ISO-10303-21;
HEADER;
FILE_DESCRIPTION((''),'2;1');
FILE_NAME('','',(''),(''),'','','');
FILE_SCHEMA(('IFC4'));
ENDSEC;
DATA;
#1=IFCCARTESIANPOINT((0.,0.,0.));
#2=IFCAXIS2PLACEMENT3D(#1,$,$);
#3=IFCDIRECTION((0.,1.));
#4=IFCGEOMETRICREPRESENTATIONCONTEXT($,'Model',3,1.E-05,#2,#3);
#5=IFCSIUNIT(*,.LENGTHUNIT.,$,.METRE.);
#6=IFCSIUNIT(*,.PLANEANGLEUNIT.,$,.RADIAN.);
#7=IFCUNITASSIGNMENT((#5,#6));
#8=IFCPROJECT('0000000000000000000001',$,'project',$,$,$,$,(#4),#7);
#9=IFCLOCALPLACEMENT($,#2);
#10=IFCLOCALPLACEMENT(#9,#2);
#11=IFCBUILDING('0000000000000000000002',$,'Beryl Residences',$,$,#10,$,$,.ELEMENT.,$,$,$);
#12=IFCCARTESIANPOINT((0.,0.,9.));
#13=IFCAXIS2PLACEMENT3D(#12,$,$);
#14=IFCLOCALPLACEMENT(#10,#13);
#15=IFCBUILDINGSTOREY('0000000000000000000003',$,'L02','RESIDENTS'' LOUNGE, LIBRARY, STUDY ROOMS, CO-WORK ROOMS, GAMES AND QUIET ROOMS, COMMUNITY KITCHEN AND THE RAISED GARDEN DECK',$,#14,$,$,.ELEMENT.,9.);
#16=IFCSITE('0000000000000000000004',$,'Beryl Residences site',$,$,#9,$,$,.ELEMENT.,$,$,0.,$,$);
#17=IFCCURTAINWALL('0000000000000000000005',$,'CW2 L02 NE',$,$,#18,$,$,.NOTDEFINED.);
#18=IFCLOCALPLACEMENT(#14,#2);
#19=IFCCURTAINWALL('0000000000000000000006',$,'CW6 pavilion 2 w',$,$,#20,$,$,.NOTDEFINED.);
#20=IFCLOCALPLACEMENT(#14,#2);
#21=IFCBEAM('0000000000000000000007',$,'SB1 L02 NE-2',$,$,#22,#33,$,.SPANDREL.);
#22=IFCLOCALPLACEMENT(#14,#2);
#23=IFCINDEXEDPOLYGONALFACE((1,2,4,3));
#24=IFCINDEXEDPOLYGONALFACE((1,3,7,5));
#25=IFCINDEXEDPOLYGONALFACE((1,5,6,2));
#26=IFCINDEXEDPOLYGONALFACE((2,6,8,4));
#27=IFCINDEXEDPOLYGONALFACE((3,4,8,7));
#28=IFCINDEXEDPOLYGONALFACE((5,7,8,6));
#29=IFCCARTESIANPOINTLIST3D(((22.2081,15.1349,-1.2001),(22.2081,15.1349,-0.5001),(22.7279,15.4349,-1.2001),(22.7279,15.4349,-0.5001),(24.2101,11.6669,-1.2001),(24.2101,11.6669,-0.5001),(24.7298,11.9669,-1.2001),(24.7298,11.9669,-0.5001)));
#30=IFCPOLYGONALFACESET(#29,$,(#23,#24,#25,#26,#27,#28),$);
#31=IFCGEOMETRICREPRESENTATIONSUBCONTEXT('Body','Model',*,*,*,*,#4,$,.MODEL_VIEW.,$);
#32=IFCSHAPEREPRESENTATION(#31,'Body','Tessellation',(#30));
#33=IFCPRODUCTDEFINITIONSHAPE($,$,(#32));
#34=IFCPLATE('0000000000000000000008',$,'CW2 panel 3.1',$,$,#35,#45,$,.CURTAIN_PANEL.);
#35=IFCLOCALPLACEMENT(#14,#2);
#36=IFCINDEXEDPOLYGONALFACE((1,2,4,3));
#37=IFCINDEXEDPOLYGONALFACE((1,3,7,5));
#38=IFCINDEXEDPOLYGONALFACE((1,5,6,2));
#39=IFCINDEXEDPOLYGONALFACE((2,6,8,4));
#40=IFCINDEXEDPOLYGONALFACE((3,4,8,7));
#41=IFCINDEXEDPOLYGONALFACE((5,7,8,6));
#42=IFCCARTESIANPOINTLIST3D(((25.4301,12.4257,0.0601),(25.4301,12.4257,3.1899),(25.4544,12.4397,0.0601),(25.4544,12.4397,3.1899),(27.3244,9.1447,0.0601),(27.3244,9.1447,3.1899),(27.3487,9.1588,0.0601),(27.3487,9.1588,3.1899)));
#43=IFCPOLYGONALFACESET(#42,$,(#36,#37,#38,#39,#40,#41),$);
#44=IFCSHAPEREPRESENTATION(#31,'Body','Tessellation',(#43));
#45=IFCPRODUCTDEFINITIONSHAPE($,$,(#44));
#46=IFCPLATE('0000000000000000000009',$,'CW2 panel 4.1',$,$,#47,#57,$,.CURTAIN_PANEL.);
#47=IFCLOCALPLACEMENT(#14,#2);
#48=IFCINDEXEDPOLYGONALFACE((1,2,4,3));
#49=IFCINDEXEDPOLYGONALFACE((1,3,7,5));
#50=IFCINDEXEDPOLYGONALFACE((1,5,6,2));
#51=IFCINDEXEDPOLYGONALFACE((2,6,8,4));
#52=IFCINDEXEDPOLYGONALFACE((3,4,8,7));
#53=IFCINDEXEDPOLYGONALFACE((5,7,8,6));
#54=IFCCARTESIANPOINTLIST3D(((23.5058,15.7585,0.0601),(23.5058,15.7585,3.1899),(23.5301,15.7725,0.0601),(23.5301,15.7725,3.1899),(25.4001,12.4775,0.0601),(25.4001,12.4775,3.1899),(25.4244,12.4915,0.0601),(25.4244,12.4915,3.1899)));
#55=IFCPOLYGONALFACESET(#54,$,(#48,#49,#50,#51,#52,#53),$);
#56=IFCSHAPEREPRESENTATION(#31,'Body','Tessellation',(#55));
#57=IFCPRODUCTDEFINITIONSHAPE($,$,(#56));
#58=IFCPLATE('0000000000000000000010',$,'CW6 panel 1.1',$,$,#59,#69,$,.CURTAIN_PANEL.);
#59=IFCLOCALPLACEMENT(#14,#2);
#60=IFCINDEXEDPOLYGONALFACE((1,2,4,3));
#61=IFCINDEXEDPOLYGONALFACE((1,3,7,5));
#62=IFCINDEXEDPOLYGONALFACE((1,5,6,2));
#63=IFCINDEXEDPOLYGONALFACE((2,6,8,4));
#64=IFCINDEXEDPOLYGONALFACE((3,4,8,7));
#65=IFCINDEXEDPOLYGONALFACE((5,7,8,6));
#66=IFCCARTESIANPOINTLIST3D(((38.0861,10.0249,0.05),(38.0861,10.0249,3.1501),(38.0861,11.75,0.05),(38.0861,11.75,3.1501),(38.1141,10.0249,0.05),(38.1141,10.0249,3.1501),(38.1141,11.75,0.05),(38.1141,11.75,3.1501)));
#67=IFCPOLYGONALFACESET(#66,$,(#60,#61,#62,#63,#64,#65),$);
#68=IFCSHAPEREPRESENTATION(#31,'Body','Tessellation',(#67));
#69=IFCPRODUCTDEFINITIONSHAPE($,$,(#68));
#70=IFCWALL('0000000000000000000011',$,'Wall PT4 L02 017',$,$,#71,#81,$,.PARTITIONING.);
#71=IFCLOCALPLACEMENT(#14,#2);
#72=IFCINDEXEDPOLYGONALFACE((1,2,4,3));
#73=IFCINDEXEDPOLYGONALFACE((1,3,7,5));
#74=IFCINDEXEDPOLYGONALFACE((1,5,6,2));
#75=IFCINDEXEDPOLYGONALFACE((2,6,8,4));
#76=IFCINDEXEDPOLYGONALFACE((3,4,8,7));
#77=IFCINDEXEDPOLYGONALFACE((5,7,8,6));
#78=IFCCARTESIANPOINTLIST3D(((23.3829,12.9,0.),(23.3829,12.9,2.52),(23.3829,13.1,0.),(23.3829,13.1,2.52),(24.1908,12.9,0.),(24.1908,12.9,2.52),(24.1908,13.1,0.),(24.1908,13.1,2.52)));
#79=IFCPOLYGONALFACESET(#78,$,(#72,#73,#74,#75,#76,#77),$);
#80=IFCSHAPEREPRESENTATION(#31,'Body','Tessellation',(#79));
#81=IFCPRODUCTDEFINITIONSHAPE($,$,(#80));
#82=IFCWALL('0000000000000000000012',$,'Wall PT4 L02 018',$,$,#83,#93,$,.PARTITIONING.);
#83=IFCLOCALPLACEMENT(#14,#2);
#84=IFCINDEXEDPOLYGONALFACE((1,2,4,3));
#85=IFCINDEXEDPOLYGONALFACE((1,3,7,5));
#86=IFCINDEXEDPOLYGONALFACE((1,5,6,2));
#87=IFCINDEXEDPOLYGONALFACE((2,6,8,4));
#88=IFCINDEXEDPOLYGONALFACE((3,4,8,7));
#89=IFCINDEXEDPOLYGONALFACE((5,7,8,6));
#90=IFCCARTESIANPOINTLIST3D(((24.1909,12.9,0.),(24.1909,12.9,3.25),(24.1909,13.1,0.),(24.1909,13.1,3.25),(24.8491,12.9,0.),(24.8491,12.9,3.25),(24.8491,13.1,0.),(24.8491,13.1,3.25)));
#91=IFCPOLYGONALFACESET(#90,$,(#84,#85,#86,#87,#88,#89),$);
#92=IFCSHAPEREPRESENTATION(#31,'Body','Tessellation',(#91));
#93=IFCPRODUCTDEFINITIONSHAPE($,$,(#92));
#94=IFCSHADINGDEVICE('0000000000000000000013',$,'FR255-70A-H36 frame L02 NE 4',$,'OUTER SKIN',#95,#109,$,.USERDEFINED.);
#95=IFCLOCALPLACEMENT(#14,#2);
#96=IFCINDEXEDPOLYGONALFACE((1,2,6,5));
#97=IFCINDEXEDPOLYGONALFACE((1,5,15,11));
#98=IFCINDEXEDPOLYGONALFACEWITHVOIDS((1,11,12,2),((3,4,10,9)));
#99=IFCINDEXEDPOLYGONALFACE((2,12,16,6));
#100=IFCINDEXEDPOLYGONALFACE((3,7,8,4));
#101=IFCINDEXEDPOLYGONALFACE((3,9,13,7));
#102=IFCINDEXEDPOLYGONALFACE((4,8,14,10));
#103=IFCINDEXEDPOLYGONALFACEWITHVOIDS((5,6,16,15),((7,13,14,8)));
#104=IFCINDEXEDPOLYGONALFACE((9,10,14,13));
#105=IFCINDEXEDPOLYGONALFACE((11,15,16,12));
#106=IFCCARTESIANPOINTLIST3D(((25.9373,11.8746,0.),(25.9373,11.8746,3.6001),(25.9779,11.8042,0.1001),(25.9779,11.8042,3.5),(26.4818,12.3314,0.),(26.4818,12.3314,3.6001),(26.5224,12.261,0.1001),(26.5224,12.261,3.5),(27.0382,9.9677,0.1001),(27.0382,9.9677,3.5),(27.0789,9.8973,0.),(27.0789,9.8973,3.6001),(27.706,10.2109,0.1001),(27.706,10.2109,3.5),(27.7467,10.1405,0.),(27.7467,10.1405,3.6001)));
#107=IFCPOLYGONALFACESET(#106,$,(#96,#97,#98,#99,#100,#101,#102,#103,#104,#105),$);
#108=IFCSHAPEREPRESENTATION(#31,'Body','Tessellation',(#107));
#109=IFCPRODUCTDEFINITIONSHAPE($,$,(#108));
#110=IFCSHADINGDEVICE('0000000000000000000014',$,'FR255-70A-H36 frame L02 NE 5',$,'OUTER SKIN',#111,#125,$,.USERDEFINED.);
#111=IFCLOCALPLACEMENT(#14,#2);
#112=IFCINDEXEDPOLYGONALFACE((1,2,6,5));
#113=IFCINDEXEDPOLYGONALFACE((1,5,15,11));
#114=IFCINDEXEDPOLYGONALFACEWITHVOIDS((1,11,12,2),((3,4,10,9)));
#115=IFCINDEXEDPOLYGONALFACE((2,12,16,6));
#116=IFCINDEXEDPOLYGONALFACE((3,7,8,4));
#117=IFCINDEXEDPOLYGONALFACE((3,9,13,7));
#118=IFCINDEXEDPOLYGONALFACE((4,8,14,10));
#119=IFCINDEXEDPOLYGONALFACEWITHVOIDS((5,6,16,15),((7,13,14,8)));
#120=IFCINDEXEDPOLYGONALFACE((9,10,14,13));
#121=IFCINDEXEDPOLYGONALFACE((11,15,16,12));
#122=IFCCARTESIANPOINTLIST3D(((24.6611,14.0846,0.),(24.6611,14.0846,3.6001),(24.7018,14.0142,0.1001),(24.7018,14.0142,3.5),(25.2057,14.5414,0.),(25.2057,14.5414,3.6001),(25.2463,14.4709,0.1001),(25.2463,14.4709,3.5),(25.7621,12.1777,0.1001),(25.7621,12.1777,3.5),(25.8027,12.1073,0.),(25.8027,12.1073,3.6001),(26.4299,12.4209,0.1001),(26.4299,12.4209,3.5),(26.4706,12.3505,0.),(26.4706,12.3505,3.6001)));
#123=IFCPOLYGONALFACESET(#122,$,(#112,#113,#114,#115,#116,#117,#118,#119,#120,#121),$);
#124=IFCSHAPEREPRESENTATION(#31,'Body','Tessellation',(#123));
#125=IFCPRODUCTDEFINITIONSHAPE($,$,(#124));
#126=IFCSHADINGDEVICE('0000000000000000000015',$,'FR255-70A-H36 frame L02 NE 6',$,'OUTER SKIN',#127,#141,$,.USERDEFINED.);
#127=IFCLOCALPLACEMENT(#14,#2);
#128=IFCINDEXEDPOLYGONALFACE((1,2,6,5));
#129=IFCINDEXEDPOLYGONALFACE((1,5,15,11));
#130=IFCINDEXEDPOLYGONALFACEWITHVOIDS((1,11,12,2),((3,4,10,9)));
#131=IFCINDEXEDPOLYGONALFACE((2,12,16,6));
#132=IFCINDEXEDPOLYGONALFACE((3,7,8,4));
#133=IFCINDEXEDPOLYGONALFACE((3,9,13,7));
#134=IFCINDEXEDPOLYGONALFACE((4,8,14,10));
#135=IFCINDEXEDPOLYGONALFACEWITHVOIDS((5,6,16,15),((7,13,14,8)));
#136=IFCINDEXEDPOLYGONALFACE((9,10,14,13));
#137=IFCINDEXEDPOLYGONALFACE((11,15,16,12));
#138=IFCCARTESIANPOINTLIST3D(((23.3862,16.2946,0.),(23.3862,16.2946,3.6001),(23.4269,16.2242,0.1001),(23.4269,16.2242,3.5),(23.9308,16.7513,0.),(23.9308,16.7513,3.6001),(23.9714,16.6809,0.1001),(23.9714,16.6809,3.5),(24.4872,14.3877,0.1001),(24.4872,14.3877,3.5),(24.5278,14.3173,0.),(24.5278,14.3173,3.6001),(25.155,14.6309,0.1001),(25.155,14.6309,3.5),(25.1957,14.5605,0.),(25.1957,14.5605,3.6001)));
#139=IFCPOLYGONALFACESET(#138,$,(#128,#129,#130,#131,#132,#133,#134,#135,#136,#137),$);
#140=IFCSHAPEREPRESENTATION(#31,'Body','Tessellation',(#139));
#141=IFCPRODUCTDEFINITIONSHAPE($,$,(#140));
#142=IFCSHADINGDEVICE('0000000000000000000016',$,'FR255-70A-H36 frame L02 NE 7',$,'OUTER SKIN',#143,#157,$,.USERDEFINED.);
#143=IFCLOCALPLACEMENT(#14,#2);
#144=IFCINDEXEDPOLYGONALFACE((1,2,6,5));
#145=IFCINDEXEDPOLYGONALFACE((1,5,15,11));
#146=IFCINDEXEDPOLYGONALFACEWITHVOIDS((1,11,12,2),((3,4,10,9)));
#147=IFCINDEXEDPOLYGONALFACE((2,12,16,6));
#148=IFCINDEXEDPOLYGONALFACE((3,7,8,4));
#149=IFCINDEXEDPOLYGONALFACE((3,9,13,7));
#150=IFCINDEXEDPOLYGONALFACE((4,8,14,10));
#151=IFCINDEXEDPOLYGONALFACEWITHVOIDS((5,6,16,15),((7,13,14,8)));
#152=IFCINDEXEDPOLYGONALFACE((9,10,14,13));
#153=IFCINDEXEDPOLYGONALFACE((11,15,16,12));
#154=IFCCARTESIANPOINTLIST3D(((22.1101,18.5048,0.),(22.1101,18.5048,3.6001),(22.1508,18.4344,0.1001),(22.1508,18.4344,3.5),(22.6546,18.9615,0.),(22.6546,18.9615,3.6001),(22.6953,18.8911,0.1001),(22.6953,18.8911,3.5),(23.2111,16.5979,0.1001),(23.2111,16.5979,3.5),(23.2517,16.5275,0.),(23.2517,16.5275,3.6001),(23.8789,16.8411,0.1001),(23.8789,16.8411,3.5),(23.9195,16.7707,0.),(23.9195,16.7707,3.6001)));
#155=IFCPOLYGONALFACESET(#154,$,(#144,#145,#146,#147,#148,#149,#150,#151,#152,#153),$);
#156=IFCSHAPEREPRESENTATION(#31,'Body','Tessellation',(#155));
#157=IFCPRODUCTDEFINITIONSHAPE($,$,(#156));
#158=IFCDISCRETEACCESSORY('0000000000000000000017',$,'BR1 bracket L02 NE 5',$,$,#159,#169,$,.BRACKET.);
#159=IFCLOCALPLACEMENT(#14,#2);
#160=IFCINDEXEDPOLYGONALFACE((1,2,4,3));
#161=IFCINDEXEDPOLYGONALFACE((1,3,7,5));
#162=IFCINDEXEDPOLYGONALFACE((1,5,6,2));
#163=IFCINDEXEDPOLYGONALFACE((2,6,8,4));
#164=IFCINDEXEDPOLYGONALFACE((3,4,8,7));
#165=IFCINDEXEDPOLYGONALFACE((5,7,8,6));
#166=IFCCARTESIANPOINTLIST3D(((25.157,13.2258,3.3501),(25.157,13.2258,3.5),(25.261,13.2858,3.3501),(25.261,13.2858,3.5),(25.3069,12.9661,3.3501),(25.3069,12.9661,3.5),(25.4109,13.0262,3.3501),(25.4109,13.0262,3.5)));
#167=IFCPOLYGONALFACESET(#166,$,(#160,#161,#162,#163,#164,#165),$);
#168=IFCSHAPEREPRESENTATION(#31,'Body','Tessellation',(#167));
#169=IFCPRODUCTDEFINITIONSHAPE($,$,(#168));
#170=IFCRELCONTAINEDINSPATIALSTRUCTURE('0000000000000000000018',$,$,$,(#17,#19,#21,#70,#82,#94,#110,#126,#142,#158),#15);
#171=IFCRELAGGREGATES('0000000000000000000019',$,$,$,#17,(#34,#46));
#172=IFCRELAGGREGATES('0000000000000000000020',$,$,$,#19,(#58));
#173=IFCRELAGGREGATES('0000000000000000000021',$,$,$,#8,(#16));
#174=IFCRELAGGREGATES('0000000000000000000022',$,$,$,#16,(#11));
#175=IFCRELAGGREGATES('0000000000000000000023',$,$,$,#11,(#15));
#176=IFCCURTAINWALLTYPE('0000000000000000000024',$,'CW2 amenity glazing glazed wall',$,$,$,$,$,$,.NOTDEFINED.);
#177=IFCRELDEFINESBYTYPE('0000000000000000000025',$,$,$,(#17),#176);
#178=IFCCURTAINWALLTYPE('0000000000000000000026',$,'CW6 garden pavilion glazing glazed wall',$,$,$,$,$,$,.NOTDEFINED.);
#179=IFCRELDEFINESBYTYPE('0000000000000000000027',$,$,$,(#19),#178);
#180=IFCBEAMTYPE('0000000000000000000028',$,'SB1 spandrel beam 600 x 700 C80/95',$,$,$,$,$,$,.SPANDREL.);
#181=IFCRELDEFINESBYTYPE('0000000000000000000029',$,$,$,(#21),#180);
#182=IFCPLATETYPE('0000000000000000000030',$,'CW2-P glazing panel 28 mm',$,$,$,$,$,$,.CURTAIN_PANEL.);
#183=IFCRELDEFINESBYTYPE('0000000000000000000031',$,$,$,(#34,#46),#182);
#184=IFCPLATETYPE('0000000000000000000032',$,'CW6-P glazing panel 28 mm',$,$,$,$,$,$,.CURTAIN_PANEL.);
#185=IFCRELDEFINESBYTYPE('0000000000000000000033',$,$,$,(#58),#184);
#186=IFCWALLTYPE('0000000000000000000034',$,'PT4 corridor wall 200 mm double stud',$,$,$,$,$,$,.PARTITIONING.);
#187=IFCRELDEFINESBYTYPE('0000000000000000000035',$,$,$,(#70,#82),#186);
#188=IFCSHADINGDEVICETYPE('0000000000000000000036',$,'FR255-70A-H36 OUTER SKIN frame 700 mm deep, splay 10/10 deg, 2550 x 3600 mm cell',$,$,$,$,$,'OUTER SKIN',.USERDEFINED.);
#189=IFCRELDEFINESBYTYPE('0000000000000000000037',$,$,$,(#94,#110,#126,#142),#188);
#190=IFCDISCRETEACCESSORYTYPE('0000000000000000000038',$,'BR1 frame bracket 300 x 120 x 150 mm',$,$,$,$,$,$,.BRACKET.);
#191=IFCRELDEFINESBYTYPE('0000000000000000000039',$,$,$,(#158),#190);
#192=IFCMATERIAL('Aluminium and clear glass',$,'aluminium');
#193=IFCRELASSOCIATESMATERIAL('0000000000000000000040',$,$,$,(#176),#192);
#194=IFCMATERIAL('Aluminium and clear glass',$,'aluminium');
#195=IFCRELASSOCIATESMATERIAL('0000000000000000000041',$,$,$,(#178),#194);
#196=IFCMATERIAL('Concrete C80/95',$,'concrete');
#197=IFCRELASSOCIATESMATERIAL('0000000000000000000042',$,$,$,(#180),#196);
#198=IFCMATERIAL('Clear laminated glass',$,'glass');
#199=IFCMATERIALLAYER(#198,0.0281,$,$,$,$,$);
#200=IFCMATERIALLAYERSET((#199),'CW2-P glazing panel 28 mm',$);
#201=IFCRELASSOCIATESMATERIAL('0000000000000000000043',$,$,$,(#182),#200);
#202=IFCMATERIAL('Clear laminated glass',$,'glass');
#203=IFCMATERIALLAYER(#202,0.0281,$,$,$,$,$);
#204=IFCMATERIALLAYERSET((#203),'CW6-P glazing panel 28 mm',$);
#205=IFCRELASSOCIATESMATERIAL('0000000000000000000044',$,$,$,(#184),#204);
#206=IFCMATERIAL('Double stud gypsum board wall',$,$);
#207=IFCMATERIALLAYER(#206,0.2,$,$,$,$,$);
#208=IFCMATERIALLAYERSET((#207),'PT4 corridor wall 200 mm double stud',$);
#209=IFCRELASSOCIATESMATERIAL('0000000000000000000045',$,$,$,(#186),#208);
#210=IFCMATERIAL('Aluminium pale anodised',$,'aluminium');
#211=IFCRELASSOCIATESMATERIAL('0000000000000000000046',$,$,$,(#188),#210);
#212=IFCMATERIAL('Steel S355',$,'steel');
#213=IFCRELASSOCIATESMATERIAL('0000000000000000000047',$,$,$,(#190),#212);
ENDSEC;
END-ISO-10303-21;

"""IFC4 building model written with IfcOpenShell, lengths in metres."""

from ifc_helpers import new_model, entity, si_unit, direction, frame, frame_2d, origin, origin_2d, place, context, subcontext, project, spatial, polyline, rectangle, outline, extrude, source, transform, mapped, material, layer, layer_set, material_profile, profile_set, type_object, type_shapes, element, aggregate, save


model = new_model("IFC4")

# Units and contexts
model_context = context("Model", 3, precision=1e-05, world=origin(), true_north=direction((0.0, 1.0)))
body_context = subcontext(model_context, "Body", "Model", "MODEL_VIEW")
ifc_project = project(units=[si_unit("LENGTHUNIT", "METRE"), si_unit("PLANEANGLEUNIT", "RADIAN")], contexts=[model_context])

# Site, building, storey
site_placement = place(None, origin())
site = spatial("IfcSite", under=ifc_project, at=site_placement, Name="Beryl Residences site", CompositionType="ELEMENT", RefElevation=0.0)
building_placement = place(site_placement, origin())
building = spatial("IfcBuilding", under=site, at=building_placement, Name="Beryl Residences", CompositionType="ELEMENT")
storey_placement = place(building_placement, frame((0.0, 0.0, 9.0)))
storey = spatial("IfcBuildingStorey", under=building, at=storey_placement, Name="L02", Description="RESIDENTS' LOUNGE, LIBRARY, STUDY ROOMS, CO-WORK ROOMS, GAMES AND QUIET ROOMS, COMMUNITY KITCHEN AND THE RAISED GARDEN DECK", CompositionType="ELEMENT", Elevation=9.0)

# Curtain walls
ifc_material_1 = material(Name="Aluminium and clear glass", Category="aluminium")
curtain_wall_type_1 = type_object("IfcCurtainWallType", Name="CW2 amenity glazing glazed wall", PredefinedType="NOTDEFINED", material=ifc_material_1)
curtain_wall_1_placement = place(storey_placement, origin())
curtain_wall_1 = element("IfcCurtainWall", 1, at=curtain_wall_1_placement, inside=storey, type_object=curtain_wall_type_1, Name="CW2 L02 NE", PredefinedType="NOTDEFINED")
ifc_material_2 = material(Name="Aluminium and clear glass", Category="aluminium")
curtain_wall_type_2 = type_object("IfcCurtainWallType", Name="CW6 garden pavilion glazing glazed wall", PredefinedType="NOTDEFINED", material=ifc_material_2)
curtain_wall_2_placement = place(storey_placement, origin())
curtain_wall_2 = element("IfcCurtainWall", 2, at=curtain_wall_2_placement, inside=storey, type_object=curtain_wall_type_2, Name="CW6 pavilion 2 w", PredefinedType="NOTDEFINED")

# Beam
ifc_material_3 = material(Name="Concrete C80/95", Category="concrete")
ifc_material_profile_1 = material_profile(ifc_material_3, rectangle(XDim=0.6001, YDim=0.7, at=origin_2d()))
ifc_profile_set_1 = profile_set([ifc_material_profile_1], Name="Concrete C80/95")
beam_type = type_object("IfcBeamType", Name="SB1 spandrel beam 600 x 700 C80/95", PredefinedType="SPANDREL", material=ifc_profile_set_1)
beam_placement = place(storey_placement, frame((24.47, 11.8169, -0.8501), z_axis=(-0.499942, 0.866059, 0.0), x_axis=(-0.866059, -0.499942, 0.0)))
element("IfcBeam", 3, at=beam_placement, inside=storey, type_object=beam_type, Name="SB1 L02 NE-2", PredefinedType="SPANDREL", context=body_context, shape_type="SweptSolid", body=[
    extrude(rectangle(XDim=0.6001, YDim=0.7, at=origin_2d()), origin(), (0.0, 0.0, 1.0), 4.0044),
])

# Plates
ifc_material_4 = material(Name="Clear laminated glass", Category="glass")
ifc_layer_1 = layer(ifc_material_4, 0.0281)
ifc_layer_set_1 = layer_set([ifc_layer_1], Name="CW2-P glazing panel 28 mm")
plate_type_1 = type_object("IfcPlateType", Name="CW2-P glazing panel 28 mm", PredefinedType="CURTAIN_PANEL", material=ifc_layer_set_1)
plate_1_placement = place(storey_placement, frame((26.3894, 10.7922, 0.0601), z_axis=(0.0, 0.0, 1.0), x_axis=(-0.500012, 0.866019, 0.0)))
plate_1 = element("IfcPlate", 4, at=plate_1_placement, type_object=plate_type_1, Name="CW2 panel 3.1", PredefinedType="CURTAIN_PANEL", context=body_context, shape_type="SweptSolid", body=[
    extrude(rectangle(XDim=3.7886, YDim=0.0281, at=origin_2d()), origin(), (0.0, 0.0, 1.0), 3.1299),
])
plate_2_placement = place(storey_placement, frame((24.4651, 14.125, 0.0601), z_axis=(0.0, 0.0, 1.0), x_axis=(-0.500012, 0.866019, 0.0)))
plate_2 = element("IfcPlate", 5, at=plate_2_placement, type_object=plate_type_1, Name="CW2 panel 4.1", PredefinedType="CURTAIN_PANEL", context=body_context, shape_type="SweptSolid", body=[
    extrude(rectangle(XDim=3.7886, YDim=0.0281, at=origin_2d()), origin(), (0.0, 0.0, 1.0), 3.1299),
])
aggregate(curtain_wall_1, [plate_1, plate_2])
ifc_material_5 = material(Name="Clear laminated glass", Category="glass")
ifc_layer_2 = layer(ifc_material_5, 0.0281)
ifc_layer_set_2 = layer_set([ifc_layer_2], Name="CW6-P glazing panel 28 mm")
plate_type_2 = type_object("IfcPlateType", Name="CW6-P glazing panel 28 mm", PredefinedType="CURTAIN_PANEL", material=ifc_layer_set_2)
plate_3_placement = place(storey_placement, frame((38.1001, 10.8875, 0.05), z_axis=(0.0, 0.0, 1.0), x_axis=(0.0, -1.0, 0.0)))
plate_3 = element("IfcPlate", 6, at=plate_3_placement, type_object=plate_type_2, Name="CW6 panel 1.1", PredefinedType="CURTAIN_PANEL", context=body_context, shape_type="SweptSolid", body=[
    extrude(rectangle(XDim=1.7251, YDim=0.0281, at=origin_2d()), origin(), (0.0, 0.0, 1.0), 3.1001),
])
aggregate(curtain_wall_2, [plate_3])

# Walls
ifc_material_6 = material(Name="Double stud gypsum board wall")
ifc_layer_3 = layer(ifc_material_6, 0.2)
ifc_layer_set_3 = layer_set([ifc_layer_3], Name="PT4 corridor wall 200 mm double stud")
wall_type = type_object("IfcWallType", Name="PT4 corridor wall 200 mm double stud", PredefinedType="PARTITIONING", material=ifc_layer_set_3)
wall_1_placement = place(storey_placement, frame((23.3831, 13.0, 0.0), z_axis=(0.0, 0.0, 1.0), x_axis=(1.0, 0.0, 0.0)))
element("IfcWall", 7, at=wall_1_placement, inside=storey, type_object=wall_type, Name="Wall PT4 L02 017", PredefinedType="PARTITIONING", context=body_context, shape_type="SweptSolid", body=[
    extrude(rectangle(XDim=0.8079, YDim=0.2, at=frame_2d((0.4038, 0.0))), origin(), (0.0, 0.0, 1.0), 2.52),
])
wall_2_placement = place(storey_placement, frame((24.1909, 13.0, 0.0), z_axis=(0.0, 0.0, 1.0), x_axis=(1.0, 0.0, 0.0)))
element("IfcWall", 8, at=wall_2_placement, inside=storey, type_object=wall_type, Name="Wall PT4 L02 018", PredefinedType="PARTITIONING", context=body_context, shape_type="SweptSolid", body=[
    extrude(rectangle(XDim=0.6582, YDim=0.2, at=frame_2d((0.3291, 0.0))), origin(), (0.0, 0.0, 1.0), 3.25),
])

# Shading devices
ifc_material_7 = material(Name="Aluminium pale anodised", Category="aluminium")
shading_device_type = type_object("IfcShadingDeviceType", Name="FR255-70A-H36 OUTER SKIN frame 700 mm deep, splay 10/10 deg, 2550 x 3600 mm cell", ElementType="OUTER SKIN", PredefinedType="USERDEFINED", material=ifc_material_7)
cartesian_point_1 = entity("IfcCartesianPoint", [-1.1416, 0.0])
cartesian_point_2 = entity("IfcCartesianPoint", [-1.0603, 0.1001])
cartesian_point_3 = entity("IfcCartesianPoint", [-1.2649, 0.0])
cartesian_point_4 = entity("IfcCartesianPoint", [-1.1836, 0.1001])
shared_shape_1 = source(origin(), body_context, "Body", "SweptSolid", [
    entity("IfcExtrudedAreaSolidTapered", entity("IfcArbitraryProfileDefWithVoids", "AREA", None, entity("IfcPolyline", [cartesian_point_1, entity("IfcCartesianPoint", [1.1416, 0.0]), entity("IfcCartesianPoint", [1.1416, 3.6001]), entity("IfcCartesianPoint", [-1.1416, 3.6001]), cartesian_point_1]), [entity("IfcPolyline", [cartesian_point_2, entity("IfcCartesianPoint", [1.0603, 0.1001]), entity("IfcCartesianPoint", [1.0603, 3.5]), entity("IfcCartesianPoint", [-1.0603, 3.5]), cartesian_point_2])]), entity("IfcAxis2Placement3D", entity("IfcCartesianPoint", [0.0, 0.0, 0.0]), entity("IfcDirection", [0.0, 1.0, 0.0]), entity("IfcDirection", [-1.0, 0.0, 0.0])), entity("IfcDirection", [0.0, 0.0, 1.0]), 0.7, entity("IfcArbitraryProfileDefWithVoids", "AREA", None, entity("IfcPolyline", [cartesian_point_3, entity("IfcCartesianPoint", [1.2649, 0.0]), entity("IfcCartesianPoint", [1.2649, 3.6001]), entity("IfcCartesianPoint", [-1.2649, 3.6001]), cartesian_point_3]), [entity("IfcPolyline", [cartesian_point_4, entity("IfcCartesianPoint", [1.1836, 0.1001]), entity("IfcCartesianPoint", [1.1836, 3.5]), entity("IfcCartesianPoint", [-1.1836, 3.5]), cartesian_point_4])])),
])
type_shapes(shading_device_type, [shared_shape_1])
for number, where, z_axis, x_axis, name in (
    (9, (26.5081, 10.886, 0.0), (0.0, 0.0, 1.0), (0.5, -0.866025, 0.0), "FR255-70A-H36 frame L02 NE 4"),
    (10, (25.2319, 13.0959, 0.0), (0.0, 0.0, 1.0), (0.5, -0.866025, 0.0), "FR255-70A-H36 frame L02 NE 5"),
    (11, (23.957, 15.3059, 0.0), (0.0, 0.0, 1.0), (0.5, -0.866025, 0.0), "FR255-70A-H36 frame L02 NE 6"),
    (12, (22.6809, 17.5161, 0.0), (0.0, 0.0, 1.0), (0.5, -0.866025, 0.0), "FR255-70A-H36 frame L02 NE 7"),
):
    element("IfcShadingDevice", number, at=place(storey_placement, frame(where, z_axis=z_axis, x_axis=x_axis)), inside=storey, type_object=shading_device_type, Name=name, ObjectType="OUTER SKIN", PredefinedType="USERDEFINED", context=body_context, shape_type="MappedRepresentation", body=[
        mapped(shared_shape_1, transform((0.0, 0.0, 0.0))),
    ])

# Discrete accessory
ifc_material_8 = material(Name="Steel S355", Category="steel")
discrete_accessory_type = type_object("IfcDiscreteAccessoryType", Name="BR1 frame bracket 300 x 120 x 150 mm", PredefinedType="BRACKET", material=ifc_material_8)
shared_shape_2 = source(origin(), body_context, "Body", "SweptSolid", [
    extrude(outline(polyline([(-0.1499, 0.0), (0.1499, 0.0), (0.1499, 0.1201), (-0.1499, 0.1201), (-0.1499, 0.0)])), origin(), (0.0, 0.0, 1.0), 0.1499),
])
type_shapes(discrete_accessory_type, [shared_shape_2])
discrete_accessory_placement = place(storey_placement, frame((25.2319, 13.0959, 3.3501), z_axis=(0.0, 0.0, 1.0), x_axis=(0.5, -0.866025, 0.0)))
element("IfcDiscreteAccessory", 13, at=discrete_accessory_placement, inside=storey, type_object=discrete_accessory_type, Name="BR1 bracket L02 NE 5", PredefinedType="BRACKET", context=body_context, shape_type="MappedRepresentation", body=[
    mapped(shared_shape_2, transform((0.0, 0.0, 0.0))),
])

save(model, "model.ifc")
